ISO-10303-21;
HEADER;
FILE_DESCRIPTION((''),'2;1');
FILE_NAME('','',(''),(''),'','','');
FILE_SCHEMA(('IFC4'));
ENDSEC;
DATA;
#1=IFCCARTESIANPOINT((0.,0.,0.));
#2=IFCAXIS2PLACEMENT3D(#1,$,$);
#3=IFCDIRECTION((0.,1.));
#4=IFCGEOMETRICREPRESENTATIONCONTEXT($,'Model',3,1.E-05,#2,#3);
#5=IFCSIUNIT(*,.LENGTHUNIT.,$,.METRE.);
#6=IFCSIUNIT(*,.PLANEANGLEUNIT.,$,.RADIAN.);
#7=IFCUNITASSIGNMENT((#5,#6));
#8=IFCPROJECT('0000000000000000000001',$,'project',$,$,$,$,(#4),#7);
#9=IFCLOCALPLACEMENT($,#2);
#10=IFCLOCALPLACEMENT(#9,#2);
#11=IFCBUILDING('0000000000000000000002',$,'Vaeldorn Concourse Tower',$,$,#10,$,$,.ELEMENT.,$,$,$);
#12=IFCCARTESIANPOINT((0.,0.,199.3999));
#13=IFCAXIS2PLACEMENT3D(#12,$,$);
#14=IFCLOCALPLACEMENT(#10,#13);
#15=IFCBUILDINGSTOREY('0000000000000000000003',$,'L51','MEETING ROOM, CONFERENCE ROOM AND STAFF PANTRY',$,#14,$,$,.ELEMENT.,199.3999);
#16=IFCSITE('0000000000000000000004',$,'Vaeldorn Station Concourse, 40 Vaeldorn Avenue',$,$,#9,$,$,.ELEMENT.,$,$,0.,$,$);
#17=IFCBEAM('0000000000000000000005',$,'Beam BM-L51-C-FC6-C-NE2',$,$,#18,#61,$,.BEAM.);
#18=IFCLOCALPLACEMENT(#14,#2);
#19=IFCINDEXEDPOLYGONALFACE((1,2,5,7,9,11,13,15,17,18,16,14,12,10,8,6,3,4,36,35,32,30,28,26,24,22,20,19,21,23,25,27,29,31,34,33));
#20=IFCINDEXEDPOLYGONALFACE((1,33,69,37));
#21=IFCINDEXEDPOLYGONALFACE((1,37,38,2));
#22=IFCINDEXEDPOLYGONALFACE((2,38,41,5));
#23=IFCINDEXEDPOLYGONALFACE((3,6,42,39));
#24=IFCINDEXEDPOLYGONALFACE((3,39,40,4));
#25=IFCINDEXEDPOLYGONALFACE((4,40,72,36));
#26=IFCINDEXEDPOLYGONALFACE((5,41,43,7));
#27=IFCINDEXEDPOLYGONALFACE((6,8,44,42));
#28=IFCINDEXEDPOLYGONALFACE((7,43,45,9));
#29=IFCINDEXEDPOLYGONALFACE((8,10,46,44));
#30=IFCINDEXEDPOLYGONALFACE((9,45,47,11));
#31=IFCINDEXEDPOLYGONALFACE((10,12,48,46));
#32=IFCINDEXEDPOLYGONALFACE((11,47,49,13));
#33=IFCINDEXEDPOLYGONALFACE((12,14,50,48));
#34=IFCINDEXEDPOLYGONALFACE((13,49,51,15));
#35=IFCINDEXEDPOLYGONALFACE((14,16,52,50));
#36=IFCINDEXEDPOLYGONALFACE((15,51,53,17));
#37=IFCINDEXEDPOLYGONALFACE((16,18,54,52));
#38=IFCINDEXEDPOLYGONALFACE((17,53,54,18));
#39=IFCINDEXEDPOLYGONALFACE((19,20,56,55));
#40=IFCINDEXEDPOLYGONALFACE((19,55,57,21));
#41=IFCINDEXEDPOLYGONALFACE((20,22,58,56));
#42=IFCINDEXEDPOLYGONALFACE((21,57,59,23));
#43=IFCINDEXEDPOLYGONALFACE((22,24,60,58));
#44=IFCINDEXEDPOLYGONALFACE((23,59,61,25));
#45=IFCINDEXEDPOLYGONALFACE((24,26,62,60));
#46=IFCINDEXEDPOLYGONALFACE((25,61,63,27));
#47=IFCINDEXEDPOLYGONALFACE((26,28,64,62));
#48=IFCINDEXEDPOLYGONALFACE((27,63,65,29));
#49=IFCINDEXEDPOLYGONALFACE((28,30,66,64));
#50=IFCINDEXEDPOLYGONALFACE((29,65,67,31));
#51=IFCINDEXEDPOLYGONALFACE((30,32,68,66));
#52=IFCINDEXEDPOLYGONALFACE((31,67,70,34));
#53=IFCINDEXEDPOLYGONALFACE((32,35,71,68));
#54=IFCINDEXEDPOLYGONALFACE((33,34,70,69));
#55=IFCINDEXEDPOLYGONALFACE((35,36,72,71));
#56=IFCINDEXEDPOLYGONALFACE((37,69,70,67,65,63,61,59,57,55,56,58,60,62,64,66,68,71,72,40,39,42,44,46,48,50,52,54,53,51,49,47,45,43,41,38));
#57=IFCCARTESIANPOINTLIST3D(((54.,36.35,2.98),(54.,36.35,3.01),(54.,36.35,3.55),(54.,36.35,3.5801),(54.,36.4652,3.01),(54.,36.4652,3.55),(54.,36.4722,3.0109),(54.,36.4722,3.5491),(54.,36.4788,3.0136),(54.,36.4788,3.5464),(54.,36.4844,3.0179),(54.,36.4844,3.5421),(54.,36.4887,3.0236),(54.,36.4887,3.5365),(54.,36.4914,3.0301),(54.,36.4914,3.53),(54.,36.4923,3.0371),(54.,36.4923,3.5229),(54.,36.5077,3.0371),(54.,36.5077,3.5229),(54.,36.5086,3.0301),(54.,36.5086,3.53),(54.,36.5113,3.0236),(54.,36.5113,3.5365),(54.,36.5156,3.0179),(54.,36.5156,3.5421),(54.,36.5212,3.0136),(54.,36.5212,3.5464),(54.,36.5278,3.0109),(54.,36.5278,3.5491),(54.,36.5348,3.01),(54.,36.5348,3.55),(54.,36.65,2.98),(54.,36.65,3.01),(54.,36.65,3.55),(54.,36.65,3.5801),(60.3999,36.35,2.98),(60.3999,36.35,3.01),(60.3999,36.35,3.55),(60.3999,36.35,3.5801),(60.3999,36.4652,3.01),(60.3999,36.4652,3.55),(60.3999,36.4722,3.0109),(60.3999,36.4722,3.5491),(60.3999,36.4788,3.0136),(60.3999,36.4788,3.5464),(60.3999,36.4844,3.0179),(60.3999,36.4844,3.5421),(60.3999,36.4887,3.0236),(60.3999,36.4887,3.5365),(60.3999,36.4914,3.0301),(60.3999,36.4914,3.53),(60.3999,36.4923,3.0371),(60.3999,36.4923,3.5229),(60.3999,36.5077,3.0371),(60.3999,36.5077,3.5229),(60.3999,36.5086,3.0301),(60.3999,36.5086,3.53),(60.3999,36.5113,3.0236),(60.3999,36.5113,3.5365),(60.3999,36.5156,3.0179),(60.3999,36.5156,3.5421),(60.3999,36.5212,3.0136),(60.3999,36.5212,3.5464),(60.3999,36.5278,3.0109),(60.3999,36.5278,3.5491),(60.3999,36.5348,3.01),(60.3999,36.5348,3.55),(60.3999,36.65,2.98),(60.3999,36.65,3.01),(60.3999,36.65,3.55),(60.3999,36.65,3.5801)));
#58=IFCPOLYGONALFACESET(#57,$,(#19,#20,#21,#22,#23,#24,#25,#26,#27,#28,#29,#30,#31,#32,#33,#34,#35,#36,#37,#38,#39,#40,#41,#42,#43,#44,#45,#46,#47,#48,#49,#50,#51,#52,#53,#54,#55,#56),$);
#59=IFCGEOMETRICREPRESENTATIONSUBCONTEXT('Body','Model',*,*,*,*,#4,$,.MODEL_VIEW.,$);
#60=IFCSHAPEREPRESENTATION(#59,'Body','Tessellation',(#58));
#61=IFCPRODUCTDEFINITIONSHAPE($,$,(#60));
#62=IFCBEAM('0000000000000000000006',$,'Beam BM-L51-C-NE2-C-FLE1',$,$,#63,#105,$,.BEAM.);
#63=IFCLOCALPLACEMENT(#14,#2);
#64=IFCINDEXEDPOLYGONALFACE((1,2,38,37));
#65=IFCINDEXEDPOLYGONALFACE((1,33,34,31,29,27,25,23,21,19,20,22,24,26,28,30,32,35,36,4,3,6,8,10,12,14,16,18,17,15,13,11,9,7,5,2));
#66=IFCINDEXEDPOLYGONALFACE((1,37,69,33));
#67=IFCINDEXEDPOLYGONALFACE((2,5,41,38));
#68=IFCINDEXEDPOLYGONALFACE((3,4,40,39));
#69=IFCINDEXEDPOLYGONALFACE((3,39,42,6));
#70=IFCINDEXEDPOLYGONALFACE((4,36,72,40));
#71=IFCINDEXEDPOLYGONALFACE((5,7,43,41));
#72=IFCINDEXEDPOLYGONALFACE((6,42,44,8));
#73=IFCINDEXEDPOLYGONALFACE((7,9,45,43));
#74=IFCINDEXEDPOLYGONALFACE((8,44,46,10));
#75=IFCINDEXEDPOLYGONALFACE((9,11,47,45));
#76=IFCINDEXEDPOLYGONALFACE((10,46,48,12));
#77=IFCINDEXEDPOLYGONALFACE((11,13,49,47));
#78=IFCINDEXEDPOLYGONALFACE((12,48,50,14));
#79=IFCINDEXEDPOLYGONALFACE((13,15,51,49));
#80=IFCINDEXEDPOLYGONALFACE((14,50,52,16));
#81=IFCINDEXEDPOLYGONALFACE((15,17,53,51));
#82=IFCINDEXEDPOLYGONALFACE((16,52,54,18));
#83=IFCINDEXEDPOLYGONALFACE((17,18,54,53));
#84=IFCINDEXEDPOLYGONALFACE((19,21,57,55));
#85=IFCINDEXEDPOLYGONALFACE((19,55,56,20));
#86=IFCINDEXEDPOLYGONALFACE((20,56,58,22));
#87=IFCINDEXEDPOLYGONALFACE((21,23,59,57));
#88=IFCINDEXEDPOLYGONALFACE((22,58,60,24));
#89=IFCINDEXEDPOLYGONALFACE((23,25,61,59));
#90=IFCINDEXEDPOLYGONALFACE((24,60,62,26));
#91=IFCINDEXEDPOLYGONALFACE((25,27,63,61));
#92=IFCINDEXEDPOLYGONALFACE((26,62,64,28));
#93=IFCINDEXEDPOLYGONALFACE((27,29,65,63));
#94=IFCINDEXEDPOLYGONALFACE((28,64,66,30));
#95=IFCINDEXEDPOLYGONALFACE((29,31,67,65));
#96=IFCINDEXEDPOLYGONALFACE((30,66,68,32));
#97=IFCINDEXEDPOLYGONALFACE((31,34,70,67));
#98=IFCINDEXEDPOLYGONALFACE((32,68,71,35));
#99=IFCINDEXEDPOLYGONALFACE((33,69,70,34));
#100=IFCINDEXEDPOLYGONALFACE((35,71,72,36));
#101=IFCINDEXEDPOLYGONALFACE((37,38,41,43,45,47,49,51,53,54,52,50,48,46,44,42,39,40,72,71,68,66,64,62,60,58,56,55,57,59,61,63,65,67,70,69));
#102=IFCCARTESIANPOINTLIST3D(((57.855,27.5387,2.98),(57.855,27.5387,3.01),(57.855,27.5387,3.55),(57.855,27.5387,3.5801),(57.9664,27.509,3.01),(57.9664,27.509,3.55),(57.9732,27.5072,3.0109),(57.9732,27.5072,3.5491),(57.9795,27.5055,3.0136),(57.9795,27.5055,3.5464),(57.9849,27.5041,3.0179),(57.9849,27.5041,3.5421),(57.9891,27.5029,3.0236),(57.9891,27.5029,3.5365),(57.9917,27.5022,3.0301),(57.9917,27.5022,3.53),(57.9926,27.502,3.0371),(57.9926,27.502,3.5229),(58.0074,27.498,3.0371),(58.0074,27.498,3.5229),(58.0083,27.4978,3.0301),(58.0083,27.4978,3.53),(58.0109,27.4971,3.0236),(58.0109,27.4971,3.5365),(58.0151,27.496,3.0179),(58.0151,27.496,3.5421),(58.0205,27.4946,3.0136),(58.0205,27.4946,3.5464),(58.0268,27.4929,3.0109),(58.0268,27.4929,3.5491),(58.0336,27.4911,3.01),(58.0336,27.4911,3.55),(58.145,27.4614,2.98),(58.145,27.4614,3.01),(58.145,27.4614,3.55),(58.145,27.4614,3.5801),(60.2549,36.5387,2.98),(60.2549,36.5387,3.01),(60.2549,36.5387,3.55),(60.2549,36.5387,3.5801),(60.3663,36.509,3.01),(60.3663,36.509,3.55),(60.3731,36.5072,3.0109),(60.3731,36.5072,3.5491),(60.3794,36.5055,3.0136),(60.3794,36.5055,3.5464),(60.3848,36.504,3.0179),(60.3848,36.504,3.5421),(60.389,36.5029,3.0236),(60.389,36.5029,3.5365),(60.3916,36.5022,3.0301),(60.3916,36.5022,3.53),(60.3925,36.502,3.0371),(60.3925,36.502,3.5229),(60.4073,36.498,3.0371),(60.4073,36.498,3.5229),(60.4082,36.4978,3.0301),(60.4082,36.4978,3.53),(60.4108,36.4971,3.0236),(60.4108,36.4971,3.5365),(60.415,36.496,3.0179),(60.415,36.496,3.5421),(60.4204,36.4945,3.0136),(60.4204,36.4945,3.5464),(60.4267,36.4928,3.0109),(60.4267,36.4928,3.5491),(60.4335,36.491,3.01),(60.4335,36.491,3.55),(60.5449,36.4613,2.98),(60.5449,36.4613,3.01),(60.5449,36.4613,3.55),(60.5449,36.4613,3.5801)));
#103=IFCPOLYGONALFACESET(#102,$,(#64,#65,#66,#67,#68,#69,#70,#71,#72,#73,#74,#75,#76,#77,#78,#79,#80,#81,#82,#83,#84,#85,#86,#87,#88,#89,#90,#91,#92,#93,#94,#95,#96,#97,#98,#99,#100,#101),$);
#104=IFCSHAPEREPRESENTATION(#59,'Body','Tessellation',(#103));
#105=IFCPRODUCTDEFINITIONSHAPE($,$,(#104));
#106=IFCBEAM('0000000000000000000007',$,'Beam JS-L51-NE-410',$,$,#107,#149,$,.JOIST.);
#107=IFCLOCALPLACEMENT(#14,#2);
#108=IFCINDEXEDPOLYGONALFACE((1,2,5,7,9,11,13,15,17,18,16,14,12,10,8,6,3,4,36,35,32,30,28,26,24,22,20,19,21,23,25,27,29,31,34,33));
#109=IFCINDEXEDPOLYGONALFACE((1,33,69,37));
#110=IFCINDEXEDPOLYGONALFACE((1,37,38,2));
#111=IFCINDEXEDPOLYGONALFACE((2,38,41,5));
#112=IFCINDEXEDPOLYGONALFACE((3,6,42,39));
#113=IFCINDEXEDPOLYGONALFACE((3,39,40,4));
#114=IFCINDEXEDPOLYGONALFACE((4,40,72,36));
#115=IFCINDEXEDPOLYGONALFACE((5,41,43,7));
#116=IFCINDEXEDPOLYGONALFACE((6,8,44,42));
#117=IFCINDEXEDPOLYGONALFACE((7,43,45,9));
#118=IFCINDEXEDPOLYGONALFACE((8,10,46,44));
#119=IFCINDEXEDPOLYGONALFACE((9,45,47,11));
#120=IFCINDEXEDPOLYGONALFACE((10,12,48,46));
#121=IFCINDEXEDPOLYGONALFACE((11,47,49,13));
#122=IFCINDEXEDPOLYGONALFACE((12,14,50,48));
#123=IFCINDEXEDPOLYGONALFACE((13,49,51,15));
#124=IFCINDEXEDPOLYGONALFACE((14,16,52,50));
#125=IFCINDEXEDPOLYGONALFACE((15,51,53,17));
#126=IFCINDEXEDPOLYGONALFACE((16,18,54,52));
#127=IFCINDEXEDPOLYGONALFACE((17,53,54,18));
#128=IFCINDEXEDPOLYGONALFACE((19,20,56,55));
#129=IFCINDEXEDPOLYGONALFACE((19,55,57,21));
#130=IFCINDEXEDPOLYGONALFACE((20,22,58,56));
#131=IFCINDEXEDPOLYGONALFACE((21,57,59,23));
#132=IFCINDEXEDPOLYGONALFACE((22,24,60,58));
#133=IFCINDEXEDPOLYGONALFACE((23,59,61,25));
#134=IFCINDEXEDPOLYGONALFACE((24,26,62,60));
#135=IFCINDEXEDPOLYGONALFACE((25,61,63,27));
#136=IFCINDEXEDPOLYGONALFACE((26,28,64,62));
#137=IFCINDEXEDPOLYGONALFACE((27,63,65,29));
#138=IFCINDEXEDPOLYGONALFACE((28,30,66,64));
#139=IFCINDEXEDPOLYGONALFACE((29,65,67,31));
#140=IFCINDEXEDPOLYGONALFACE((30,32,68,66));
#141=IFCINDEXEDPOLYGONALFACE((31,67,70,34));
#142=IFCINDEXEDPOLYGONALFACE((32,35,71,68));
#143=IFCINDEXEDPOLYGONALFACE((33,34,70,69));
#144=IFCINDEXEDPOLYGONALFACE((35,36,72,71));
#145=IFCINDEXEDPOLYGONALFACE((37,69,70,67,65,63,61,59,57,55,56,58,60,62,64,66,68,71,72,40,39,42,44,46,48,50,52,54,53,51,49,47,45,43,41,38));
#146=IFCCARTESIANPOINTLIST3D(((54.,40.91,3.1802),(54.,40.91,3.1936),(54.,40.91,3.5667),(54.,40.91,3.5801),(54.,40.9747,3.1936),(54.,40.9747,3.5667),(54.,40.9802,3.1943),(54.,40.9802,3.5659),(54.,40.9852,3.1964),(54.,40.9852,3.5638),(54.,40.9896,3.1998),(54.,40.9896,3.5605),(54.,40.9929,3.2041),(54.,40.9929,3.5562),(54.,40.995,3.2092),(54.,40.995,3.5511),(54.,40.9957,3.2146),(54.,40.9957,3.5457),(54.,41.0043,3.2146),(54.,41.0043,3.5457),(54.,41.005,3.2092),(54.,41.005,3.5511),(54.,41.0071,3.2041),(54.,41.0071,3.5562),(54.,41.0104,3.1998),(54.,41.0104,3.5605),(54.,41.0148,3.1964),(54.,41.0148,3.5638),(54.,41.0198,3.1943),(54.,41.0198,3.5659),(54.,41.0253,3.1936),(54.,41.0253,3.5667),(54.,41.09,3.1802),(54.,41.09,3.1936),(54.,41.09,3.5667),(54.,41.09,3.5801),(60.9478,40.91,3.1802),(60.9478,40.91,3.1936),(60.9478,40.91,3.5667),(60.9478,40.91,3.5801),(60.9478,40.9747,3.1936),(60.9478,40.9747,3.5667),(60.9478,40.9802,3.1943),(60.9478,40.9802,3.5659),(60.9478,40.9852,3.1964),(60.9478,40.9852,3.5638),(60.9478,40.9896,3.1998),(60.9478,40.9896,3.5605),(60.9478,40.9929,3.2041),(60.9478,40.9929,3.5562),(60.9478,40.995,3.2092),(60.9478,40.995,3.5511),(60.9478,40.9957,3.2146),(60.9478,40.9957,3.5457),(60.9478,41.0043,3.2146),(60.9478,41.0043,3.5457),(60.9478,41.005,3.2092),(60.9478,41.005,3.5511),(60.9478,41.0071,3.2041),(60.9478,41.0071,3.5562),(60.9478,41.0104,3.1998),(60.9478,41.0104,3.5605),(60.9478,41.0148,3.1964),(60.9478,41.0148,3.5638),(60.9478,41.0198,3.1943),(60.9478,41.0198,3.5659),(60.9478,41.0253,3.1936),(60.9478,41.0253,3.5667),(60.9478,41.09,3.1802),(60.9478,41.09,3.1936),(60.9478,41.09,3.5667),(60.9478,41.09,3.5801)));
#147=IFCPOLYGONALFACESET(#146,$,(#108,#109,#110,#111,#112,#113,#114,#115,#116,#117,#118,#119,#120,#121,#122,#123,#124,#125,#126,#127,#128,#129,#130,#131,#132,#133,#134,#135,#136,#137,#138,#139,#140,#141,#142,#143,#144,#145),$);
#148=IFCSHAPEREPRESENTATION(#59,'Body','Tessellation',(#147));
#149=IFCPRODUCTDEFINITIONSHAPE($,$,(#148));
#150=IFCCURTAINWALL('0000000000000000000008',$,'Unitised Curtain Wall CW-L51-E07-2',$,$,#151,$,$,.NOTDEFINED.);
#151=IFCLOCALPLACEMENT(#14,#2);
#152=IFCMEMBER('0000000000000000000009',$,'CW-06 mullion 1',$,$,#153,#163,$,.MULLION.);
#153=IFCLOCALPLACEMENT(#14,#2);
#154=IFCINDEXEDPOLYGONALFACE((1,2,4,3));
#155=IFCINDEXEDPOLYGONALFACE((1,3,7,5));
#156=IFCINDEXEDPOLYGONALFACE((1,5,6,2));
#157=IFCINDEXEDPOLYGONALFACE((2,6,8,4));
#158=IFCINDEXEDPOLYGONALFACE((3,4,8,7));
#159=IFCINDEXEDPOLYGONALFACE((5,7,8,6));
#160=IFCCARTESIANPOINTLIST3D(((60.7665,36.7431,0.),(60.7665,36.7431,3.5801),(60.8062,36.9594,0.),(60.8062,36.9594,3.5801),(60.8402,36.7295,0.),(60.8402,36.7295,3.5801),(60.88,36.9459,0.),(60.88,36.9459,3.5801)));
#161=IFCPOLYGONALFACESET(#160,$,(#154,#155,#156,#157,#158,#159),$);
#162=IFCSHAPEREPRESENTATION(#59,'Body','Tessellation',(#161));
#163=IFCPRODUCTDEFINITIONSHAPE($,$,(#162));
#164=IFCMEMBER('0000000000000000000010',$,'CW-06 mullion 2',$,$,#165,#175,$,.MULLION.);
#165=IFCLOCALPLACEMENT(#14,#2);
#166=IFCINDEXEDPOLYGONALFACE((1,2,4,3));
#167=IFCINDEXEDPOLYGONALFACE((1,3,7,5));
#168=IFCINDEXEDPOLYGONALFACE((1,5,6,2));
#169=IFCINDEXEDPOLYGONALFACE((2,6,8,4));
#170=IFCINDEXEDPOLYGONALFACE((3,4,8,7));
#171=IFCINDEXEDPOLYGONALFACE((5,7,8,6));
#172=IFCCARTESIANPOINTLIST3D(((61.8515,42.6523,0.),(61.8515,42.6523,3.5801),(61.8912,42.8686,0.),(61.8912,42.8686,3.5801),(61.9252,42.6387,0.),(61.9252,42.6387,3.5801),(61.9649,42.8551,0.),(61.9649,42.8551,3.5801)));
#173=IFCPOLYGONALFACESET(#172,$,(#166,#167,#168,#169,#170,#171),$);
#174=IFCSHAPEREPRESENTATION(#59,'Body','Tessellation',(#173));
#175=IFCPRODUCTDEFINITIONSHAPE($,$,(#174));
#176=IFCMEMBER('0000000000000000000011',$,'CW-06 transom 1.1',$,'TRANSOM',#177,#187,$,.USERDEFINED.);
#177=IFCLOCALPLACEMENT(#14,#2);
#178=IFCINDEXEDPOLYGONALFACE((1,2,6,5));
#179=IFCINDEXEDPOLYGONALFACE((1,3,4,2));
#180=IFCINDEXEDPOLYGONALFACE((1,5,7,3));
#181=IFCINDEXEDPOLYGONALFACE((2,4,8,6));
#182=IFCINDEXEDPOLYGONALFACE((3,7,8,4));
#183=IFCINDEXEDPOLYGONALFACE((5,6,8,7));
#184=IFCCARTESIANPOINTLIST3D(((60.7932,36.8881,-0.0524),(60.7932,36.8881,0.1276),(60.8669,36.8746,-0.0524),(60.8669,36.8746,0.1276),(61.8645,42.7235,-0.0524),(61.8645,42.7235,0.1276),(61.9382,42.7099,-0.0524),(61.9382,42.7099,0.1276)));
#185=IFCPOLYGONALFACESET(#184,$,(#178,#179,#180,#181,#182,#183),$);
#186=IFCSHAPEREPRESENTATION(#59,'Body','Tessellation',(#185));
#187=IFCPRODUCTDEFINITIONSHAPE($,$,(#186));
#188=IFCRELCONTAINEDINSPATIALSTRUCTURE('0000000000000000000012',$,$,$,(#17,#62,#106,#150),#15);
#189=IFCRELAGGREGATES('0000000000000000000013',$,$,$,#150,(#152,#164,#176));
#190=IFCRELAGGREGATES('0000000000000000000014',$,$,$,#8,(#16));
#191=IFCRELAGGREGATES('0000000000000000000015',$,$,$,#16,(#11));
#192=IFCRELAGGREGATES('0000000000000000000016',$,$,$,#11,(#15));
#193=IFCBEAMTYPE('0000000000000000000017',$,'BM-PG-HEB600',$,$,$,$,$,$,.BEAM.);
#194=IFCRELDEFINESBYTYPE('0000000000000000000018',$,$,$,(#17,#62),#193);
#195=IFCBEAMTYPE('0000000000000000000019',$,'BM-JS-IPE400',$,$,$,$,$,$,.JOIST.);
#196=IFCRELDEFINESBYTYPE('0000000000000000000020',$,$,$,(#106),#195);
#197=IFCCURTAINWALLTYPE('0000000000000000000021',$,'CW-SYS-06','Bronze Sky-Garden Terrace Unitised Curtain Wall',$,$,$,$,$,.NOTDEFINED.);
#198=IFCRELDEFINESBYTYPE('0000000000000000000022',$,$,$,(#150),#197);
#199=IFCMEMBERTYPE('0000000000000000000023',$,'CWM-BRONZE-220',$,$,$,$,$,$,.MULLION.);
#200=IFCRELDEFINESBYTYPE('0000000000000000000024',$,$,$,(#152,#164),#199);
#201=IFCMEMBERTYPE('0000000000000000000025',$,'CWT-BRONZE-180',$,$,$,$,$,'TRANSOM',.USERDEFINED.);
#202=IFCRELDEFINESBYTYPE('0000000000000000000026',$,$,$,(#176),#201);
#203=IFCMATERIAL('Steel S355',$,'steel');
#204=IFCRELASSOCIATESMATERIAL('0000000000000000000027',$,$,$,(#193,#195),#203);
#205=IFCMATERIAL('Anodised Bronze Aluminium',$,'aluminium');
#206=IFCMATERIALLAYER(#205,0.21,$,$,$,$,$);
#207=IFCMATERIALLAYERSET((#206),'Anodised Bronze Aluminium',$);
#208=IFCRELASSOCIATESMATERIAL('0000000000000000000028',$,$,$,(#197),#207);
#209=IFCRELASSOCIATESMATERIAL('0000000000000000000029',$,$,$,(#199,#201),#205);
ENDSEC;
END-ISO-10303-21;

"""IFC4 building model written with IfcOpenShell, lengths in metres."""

from ifc_helpers import new_model, si_unit, direction, frame, origin, origin_2d, place, context, subcontext, project, spatial, rectangle, i_section, extrude, source, transform, mapped, material, layer, layer_set, material_profile, profile_set, type_object, element, aggregate, save


model = new_model("IFC4")

# Units and contexts
model_context = context("Model", 3, precision=1e-05, world=origin(), true_north=direction((0.0, 1.0)))
body_context = subcontext(model_context, "Body", "Model", "MODEL_VIEW")
ifc_project = project(units=[si_unit("LENGTHUNIT", "METRE"), si_unit("PLANEANGLEUNIT", "RADIAN")], contexts=[model_context])

# Site, building, storey
site_placement = place(None, origin())
site = spatial("IfcSite", under=ifc_project, at=site_placement, Name="Vaeldorn Station Concourse, 40 Vaeldorn Avenue", CompositionType="ELEMENT", RefElevation=0.0)
building_placement = place(site_placement, origin())
building = spatial("IfcBuilding", under=site, at=building_placement, Name="Vaeldorn Concourse Tower", CompositionType="ELEMENT")
storey_placement = place(building_placement, frame((0.0, 0.0, 199.3999)))
storey = spatial("IfcBuildingStorey", under=building, at=storey_placement, Name="L51", Description="MEETING ROOM, CONFERENCE ROOM AND STAFF PANTRY", CompositionType="ELEMENT", Elevation=199.3999)

# Beams
ifc_material_1 = material(Name="Steel S355", Category="steel")
ifc_material_profile_1 = material_profile(ifc_material_1, i_section(OverallWidth=0.3, OverallDepth=0.6001, WebThickness=0.0154, FlangeThickness=0.03, FilletRadius=0.0271, at=origin_2d()), Name="HEB 600")
ifc_profile_set_1 = profile_set([ifc_material_profile_1], Name="Steel S355")
beam_type_1 = type_object("IfcBeamType", Name="BM-PG-HEB600", PredefinedType="BEAM", material=ifc_profile_set_1)
shared_shape_1 = source(origin(), body_context, "Body", "SweptSolid", [
    extrude(i_section(OverallWidth=0.3, OverallDepth=0.6001, WebThickness=0.0154, FlangeThickness=0.03, FilletRadius=0.0271, at=origin_2d()), origin(), (0.0, 0.0, 1.0), 6.3999),
])
beam_1_placement = place(storey_placement, frame((54.0, 36.5, 3.28), z_axis=(1.0, 0.0, 0.0), x_axis=(0.0, 1.0, 0.0)))
element("IfcBeam", 1, at=beam_1_placement, inside=storey, type_object=beam_type_1, Name="Beam BM-L51-C-FC6-C-NE2", PredefinedType="BEAM", context=body_context, shape_type="MappedRepresentation", body=[
    mapped(shared_shape_1, transform((0.0, 0.0, 0.0), scale=1.0)),
])
shared_shape_2 = source(origin(), body_context, "Body", "SweptSolid", [
    extrude(i_section(OverallWidth=0.3, OverallDepth=0.6001, WebThickness=0.0154, FlangeThickness=0.03, FilletRadius=0.0271, at=origin_2d()), origin(), (0.0, 0.0, 1.0), 9.3145),
])
beam_2_placement = place(storey_placement, frame((60.3999, 36.5, 3.28), z_axis=(-0.257653, -0.966238, 0.0), x_axis=(0.966238, -0.257653, 0.0)))
element("IfcBeam", 2, at=beam_2_placement, inside=storey, type_object=beam_type_1, Name="Beam BM-L51-C-NE2-C-FLE1", PredefinedType="BEAM", context=body_context, shape_type="MappedRepresentation", body=[
    mapped(shared_shape_2, transform((0.0, 0.0, 0.0), scale=1.0)),
])
ifc_material_profile_2 = material_profile(ifc_material_1, i_section(OverallWidth=0.1799, OverallDepth=0.3999, WebThickness=0.0085, FlangeThickness=0.0134, FilletRadius=0.021, at=origin_2d()), Name="IPE 400")
ifc_profile_set_2 = profile_set([ifc_material_profile_2], Name="Steel S355")
beam_type_2 = type_object("IfcBeamType", Name="BM-JS-IPE400", PredefinedType="JOIST", material=ifc_profile_set_2)
shared_shape_3 = source(origin(), body_context, "Body", "SweptSolid", [
    extrude(i_section(OverallWidth=0.1799, OverallDepth=0.3999, WebThickness=0.0085, FlangeThickness=0.0134, FilletRadius=0.021, at=origin_2d()), origin(), (0.0, 0.0, 1.0), 6.9478),
])
beam_3_placement = place(storey_placement, frame((54.0, 41.0, 3.3801), z_axis=(1.0, 0.0, 0.0), x_axis=(0.0, 1.0, 0.0)))
element("IfcBeam", 3, at=beam_3_placement, inside=storey, type_object=beam_type_2, Name="Beam JS-L51-NE-410", PredefinedType="JOIST", context=body_context, shape_type="MappedRepresentation", body=[
    mapped(shared_shape_3, transform((0.0, 0.0, 0.0), scale=1.0)),
])

# Curtain wall, members
ifc_material_2 = material(Name="Anodised Bronze Aluminium", Category="aluminium")
ifc_layer_1 = layer(ifc_material_2, 0.21)
ifc_layer_set_1 = layer_set([ifc_layer_1], Name="Anodised Bronze Aluminium")
curtain_wall_type = type_object("IfcCurtainWallType", Name="CW-SYS-06", Description="Bronze Sky-Garden Terrace Unitised Curtain Wall", PredefinedType="NOTDEFINED", material=ifc_layer_set_1)
curtain_wall_placement = place(storey_placement, origin())
curtain_wall = element("IfcCurtainWall", 4, at=curtain_wall_placement, inside=storey, type_object=curtain_wall_type, Name="Unitised Curtain Wall CW-L51-E07-2", PredefinedType="NOTDEFINED")
ifc_material_profile_3 = material_profile(ifc_material_2, rectangle(XDim=0.075, YDim=0.22, at=origin_2d()), Name="CWM 75x220")
ifc_profile_set_3 = profile_set([ifc_material_profile_3], Name="Anodised Bronze Aluminium")
member_type_1 = type_object("IfcMemberType", Name="CWM-BRONZE-220", PredefinedType="MULLION", material=ifc_profile_set_3)
shared_shape_4 = source(origin(), body_context, "Body", "SweptSolid", [
    extrude(rectangle(XDim=0.075, YDim=0.22, at=origin_2d()), origin(), (0.0, 0.0, 1.0), 3.5801),
])
member_1_placement = place(storey_placement, frame((60.8232, 36.8445, 0.0), z_axis=(0.0, 0.0, 1.0), x_axis=(-0.983559, 0.180585, 0.0)))
member_1 = element("IfcMember", 5, at=member_1_placement, type_object=member_type_1, Name="CW-06 mullion 1", PredefinedType="MULLION", context=body_context, shape_type="MappedRepresentation", body=[
    mapped(shared_shape_4, transform((0.0, 0.0, 0.0), scale=1.0)),
])
member_2_placement = place(storey_placement, frame((61.9082, 42.7537, 0.0), z_axis=(0.0, 0.0, 1.0), x_axis=(-0.983559, 0.180585, 0.0)))
member_2 = element("IfcMember", 6, at=member_2_placement, type_object=member_type_1, Name="CW-06 mullion 2", PredefinedType="MULLION", context=body_context, shape_type="MappedRepresentation", body=[
    mapped(shared_shape_4, transform((0.0, 0.0, 0.0), scale=1.0)),
])
ifc_material_profile_4 = material_profile(ifc_material_2, rectangle(XDim=0.075, YDim=0.1799, at=origin_2d()), Name="CWT 75x180")
ifc_profile_set_4 = profile_set([ifc_material_profile_4], Name="Anodised Bronze Aluminium")
member_type_2 = type_object("IfcMemberType", Name="CWT-BRONZE-180", ElementType="TRANSOM", PredefinedType="USERDEFINED", material=ifc_profile_set_4)
shared_shape_5 = source(origin(), body_context, "Body", "SweptSolid", [
    extrude(rectangle(XDim=0.075, YDim=0.1799, at=origin_2d()), origin(), (0.0, 0.0, 1.0), 5.9329),
])
member_3_placement = place(storey_placement, frame((60.8301, 36.8813, 0.0376), z_axis=(0.180565, 0.983563, 0.0), x_axis=(-0.983563, 0.180565, 0.0)))
member_3 = element("IfcMember", 7, at=member_3_placement, type_object=member_type_2, Name="CW-06 transom 1.1", ObjectType="TRANSOM", PredefinedType="USERDEFINED", context=body_context, shape_type="MappedRepresentation", body=[
    mapped(shared_shape_5, transform((0.0, 0.0, 0.0), scale=1.0)),
])
aggregate(curtain_wall, [member_1, member_2, member_3])

save(model, "model.ifc")
